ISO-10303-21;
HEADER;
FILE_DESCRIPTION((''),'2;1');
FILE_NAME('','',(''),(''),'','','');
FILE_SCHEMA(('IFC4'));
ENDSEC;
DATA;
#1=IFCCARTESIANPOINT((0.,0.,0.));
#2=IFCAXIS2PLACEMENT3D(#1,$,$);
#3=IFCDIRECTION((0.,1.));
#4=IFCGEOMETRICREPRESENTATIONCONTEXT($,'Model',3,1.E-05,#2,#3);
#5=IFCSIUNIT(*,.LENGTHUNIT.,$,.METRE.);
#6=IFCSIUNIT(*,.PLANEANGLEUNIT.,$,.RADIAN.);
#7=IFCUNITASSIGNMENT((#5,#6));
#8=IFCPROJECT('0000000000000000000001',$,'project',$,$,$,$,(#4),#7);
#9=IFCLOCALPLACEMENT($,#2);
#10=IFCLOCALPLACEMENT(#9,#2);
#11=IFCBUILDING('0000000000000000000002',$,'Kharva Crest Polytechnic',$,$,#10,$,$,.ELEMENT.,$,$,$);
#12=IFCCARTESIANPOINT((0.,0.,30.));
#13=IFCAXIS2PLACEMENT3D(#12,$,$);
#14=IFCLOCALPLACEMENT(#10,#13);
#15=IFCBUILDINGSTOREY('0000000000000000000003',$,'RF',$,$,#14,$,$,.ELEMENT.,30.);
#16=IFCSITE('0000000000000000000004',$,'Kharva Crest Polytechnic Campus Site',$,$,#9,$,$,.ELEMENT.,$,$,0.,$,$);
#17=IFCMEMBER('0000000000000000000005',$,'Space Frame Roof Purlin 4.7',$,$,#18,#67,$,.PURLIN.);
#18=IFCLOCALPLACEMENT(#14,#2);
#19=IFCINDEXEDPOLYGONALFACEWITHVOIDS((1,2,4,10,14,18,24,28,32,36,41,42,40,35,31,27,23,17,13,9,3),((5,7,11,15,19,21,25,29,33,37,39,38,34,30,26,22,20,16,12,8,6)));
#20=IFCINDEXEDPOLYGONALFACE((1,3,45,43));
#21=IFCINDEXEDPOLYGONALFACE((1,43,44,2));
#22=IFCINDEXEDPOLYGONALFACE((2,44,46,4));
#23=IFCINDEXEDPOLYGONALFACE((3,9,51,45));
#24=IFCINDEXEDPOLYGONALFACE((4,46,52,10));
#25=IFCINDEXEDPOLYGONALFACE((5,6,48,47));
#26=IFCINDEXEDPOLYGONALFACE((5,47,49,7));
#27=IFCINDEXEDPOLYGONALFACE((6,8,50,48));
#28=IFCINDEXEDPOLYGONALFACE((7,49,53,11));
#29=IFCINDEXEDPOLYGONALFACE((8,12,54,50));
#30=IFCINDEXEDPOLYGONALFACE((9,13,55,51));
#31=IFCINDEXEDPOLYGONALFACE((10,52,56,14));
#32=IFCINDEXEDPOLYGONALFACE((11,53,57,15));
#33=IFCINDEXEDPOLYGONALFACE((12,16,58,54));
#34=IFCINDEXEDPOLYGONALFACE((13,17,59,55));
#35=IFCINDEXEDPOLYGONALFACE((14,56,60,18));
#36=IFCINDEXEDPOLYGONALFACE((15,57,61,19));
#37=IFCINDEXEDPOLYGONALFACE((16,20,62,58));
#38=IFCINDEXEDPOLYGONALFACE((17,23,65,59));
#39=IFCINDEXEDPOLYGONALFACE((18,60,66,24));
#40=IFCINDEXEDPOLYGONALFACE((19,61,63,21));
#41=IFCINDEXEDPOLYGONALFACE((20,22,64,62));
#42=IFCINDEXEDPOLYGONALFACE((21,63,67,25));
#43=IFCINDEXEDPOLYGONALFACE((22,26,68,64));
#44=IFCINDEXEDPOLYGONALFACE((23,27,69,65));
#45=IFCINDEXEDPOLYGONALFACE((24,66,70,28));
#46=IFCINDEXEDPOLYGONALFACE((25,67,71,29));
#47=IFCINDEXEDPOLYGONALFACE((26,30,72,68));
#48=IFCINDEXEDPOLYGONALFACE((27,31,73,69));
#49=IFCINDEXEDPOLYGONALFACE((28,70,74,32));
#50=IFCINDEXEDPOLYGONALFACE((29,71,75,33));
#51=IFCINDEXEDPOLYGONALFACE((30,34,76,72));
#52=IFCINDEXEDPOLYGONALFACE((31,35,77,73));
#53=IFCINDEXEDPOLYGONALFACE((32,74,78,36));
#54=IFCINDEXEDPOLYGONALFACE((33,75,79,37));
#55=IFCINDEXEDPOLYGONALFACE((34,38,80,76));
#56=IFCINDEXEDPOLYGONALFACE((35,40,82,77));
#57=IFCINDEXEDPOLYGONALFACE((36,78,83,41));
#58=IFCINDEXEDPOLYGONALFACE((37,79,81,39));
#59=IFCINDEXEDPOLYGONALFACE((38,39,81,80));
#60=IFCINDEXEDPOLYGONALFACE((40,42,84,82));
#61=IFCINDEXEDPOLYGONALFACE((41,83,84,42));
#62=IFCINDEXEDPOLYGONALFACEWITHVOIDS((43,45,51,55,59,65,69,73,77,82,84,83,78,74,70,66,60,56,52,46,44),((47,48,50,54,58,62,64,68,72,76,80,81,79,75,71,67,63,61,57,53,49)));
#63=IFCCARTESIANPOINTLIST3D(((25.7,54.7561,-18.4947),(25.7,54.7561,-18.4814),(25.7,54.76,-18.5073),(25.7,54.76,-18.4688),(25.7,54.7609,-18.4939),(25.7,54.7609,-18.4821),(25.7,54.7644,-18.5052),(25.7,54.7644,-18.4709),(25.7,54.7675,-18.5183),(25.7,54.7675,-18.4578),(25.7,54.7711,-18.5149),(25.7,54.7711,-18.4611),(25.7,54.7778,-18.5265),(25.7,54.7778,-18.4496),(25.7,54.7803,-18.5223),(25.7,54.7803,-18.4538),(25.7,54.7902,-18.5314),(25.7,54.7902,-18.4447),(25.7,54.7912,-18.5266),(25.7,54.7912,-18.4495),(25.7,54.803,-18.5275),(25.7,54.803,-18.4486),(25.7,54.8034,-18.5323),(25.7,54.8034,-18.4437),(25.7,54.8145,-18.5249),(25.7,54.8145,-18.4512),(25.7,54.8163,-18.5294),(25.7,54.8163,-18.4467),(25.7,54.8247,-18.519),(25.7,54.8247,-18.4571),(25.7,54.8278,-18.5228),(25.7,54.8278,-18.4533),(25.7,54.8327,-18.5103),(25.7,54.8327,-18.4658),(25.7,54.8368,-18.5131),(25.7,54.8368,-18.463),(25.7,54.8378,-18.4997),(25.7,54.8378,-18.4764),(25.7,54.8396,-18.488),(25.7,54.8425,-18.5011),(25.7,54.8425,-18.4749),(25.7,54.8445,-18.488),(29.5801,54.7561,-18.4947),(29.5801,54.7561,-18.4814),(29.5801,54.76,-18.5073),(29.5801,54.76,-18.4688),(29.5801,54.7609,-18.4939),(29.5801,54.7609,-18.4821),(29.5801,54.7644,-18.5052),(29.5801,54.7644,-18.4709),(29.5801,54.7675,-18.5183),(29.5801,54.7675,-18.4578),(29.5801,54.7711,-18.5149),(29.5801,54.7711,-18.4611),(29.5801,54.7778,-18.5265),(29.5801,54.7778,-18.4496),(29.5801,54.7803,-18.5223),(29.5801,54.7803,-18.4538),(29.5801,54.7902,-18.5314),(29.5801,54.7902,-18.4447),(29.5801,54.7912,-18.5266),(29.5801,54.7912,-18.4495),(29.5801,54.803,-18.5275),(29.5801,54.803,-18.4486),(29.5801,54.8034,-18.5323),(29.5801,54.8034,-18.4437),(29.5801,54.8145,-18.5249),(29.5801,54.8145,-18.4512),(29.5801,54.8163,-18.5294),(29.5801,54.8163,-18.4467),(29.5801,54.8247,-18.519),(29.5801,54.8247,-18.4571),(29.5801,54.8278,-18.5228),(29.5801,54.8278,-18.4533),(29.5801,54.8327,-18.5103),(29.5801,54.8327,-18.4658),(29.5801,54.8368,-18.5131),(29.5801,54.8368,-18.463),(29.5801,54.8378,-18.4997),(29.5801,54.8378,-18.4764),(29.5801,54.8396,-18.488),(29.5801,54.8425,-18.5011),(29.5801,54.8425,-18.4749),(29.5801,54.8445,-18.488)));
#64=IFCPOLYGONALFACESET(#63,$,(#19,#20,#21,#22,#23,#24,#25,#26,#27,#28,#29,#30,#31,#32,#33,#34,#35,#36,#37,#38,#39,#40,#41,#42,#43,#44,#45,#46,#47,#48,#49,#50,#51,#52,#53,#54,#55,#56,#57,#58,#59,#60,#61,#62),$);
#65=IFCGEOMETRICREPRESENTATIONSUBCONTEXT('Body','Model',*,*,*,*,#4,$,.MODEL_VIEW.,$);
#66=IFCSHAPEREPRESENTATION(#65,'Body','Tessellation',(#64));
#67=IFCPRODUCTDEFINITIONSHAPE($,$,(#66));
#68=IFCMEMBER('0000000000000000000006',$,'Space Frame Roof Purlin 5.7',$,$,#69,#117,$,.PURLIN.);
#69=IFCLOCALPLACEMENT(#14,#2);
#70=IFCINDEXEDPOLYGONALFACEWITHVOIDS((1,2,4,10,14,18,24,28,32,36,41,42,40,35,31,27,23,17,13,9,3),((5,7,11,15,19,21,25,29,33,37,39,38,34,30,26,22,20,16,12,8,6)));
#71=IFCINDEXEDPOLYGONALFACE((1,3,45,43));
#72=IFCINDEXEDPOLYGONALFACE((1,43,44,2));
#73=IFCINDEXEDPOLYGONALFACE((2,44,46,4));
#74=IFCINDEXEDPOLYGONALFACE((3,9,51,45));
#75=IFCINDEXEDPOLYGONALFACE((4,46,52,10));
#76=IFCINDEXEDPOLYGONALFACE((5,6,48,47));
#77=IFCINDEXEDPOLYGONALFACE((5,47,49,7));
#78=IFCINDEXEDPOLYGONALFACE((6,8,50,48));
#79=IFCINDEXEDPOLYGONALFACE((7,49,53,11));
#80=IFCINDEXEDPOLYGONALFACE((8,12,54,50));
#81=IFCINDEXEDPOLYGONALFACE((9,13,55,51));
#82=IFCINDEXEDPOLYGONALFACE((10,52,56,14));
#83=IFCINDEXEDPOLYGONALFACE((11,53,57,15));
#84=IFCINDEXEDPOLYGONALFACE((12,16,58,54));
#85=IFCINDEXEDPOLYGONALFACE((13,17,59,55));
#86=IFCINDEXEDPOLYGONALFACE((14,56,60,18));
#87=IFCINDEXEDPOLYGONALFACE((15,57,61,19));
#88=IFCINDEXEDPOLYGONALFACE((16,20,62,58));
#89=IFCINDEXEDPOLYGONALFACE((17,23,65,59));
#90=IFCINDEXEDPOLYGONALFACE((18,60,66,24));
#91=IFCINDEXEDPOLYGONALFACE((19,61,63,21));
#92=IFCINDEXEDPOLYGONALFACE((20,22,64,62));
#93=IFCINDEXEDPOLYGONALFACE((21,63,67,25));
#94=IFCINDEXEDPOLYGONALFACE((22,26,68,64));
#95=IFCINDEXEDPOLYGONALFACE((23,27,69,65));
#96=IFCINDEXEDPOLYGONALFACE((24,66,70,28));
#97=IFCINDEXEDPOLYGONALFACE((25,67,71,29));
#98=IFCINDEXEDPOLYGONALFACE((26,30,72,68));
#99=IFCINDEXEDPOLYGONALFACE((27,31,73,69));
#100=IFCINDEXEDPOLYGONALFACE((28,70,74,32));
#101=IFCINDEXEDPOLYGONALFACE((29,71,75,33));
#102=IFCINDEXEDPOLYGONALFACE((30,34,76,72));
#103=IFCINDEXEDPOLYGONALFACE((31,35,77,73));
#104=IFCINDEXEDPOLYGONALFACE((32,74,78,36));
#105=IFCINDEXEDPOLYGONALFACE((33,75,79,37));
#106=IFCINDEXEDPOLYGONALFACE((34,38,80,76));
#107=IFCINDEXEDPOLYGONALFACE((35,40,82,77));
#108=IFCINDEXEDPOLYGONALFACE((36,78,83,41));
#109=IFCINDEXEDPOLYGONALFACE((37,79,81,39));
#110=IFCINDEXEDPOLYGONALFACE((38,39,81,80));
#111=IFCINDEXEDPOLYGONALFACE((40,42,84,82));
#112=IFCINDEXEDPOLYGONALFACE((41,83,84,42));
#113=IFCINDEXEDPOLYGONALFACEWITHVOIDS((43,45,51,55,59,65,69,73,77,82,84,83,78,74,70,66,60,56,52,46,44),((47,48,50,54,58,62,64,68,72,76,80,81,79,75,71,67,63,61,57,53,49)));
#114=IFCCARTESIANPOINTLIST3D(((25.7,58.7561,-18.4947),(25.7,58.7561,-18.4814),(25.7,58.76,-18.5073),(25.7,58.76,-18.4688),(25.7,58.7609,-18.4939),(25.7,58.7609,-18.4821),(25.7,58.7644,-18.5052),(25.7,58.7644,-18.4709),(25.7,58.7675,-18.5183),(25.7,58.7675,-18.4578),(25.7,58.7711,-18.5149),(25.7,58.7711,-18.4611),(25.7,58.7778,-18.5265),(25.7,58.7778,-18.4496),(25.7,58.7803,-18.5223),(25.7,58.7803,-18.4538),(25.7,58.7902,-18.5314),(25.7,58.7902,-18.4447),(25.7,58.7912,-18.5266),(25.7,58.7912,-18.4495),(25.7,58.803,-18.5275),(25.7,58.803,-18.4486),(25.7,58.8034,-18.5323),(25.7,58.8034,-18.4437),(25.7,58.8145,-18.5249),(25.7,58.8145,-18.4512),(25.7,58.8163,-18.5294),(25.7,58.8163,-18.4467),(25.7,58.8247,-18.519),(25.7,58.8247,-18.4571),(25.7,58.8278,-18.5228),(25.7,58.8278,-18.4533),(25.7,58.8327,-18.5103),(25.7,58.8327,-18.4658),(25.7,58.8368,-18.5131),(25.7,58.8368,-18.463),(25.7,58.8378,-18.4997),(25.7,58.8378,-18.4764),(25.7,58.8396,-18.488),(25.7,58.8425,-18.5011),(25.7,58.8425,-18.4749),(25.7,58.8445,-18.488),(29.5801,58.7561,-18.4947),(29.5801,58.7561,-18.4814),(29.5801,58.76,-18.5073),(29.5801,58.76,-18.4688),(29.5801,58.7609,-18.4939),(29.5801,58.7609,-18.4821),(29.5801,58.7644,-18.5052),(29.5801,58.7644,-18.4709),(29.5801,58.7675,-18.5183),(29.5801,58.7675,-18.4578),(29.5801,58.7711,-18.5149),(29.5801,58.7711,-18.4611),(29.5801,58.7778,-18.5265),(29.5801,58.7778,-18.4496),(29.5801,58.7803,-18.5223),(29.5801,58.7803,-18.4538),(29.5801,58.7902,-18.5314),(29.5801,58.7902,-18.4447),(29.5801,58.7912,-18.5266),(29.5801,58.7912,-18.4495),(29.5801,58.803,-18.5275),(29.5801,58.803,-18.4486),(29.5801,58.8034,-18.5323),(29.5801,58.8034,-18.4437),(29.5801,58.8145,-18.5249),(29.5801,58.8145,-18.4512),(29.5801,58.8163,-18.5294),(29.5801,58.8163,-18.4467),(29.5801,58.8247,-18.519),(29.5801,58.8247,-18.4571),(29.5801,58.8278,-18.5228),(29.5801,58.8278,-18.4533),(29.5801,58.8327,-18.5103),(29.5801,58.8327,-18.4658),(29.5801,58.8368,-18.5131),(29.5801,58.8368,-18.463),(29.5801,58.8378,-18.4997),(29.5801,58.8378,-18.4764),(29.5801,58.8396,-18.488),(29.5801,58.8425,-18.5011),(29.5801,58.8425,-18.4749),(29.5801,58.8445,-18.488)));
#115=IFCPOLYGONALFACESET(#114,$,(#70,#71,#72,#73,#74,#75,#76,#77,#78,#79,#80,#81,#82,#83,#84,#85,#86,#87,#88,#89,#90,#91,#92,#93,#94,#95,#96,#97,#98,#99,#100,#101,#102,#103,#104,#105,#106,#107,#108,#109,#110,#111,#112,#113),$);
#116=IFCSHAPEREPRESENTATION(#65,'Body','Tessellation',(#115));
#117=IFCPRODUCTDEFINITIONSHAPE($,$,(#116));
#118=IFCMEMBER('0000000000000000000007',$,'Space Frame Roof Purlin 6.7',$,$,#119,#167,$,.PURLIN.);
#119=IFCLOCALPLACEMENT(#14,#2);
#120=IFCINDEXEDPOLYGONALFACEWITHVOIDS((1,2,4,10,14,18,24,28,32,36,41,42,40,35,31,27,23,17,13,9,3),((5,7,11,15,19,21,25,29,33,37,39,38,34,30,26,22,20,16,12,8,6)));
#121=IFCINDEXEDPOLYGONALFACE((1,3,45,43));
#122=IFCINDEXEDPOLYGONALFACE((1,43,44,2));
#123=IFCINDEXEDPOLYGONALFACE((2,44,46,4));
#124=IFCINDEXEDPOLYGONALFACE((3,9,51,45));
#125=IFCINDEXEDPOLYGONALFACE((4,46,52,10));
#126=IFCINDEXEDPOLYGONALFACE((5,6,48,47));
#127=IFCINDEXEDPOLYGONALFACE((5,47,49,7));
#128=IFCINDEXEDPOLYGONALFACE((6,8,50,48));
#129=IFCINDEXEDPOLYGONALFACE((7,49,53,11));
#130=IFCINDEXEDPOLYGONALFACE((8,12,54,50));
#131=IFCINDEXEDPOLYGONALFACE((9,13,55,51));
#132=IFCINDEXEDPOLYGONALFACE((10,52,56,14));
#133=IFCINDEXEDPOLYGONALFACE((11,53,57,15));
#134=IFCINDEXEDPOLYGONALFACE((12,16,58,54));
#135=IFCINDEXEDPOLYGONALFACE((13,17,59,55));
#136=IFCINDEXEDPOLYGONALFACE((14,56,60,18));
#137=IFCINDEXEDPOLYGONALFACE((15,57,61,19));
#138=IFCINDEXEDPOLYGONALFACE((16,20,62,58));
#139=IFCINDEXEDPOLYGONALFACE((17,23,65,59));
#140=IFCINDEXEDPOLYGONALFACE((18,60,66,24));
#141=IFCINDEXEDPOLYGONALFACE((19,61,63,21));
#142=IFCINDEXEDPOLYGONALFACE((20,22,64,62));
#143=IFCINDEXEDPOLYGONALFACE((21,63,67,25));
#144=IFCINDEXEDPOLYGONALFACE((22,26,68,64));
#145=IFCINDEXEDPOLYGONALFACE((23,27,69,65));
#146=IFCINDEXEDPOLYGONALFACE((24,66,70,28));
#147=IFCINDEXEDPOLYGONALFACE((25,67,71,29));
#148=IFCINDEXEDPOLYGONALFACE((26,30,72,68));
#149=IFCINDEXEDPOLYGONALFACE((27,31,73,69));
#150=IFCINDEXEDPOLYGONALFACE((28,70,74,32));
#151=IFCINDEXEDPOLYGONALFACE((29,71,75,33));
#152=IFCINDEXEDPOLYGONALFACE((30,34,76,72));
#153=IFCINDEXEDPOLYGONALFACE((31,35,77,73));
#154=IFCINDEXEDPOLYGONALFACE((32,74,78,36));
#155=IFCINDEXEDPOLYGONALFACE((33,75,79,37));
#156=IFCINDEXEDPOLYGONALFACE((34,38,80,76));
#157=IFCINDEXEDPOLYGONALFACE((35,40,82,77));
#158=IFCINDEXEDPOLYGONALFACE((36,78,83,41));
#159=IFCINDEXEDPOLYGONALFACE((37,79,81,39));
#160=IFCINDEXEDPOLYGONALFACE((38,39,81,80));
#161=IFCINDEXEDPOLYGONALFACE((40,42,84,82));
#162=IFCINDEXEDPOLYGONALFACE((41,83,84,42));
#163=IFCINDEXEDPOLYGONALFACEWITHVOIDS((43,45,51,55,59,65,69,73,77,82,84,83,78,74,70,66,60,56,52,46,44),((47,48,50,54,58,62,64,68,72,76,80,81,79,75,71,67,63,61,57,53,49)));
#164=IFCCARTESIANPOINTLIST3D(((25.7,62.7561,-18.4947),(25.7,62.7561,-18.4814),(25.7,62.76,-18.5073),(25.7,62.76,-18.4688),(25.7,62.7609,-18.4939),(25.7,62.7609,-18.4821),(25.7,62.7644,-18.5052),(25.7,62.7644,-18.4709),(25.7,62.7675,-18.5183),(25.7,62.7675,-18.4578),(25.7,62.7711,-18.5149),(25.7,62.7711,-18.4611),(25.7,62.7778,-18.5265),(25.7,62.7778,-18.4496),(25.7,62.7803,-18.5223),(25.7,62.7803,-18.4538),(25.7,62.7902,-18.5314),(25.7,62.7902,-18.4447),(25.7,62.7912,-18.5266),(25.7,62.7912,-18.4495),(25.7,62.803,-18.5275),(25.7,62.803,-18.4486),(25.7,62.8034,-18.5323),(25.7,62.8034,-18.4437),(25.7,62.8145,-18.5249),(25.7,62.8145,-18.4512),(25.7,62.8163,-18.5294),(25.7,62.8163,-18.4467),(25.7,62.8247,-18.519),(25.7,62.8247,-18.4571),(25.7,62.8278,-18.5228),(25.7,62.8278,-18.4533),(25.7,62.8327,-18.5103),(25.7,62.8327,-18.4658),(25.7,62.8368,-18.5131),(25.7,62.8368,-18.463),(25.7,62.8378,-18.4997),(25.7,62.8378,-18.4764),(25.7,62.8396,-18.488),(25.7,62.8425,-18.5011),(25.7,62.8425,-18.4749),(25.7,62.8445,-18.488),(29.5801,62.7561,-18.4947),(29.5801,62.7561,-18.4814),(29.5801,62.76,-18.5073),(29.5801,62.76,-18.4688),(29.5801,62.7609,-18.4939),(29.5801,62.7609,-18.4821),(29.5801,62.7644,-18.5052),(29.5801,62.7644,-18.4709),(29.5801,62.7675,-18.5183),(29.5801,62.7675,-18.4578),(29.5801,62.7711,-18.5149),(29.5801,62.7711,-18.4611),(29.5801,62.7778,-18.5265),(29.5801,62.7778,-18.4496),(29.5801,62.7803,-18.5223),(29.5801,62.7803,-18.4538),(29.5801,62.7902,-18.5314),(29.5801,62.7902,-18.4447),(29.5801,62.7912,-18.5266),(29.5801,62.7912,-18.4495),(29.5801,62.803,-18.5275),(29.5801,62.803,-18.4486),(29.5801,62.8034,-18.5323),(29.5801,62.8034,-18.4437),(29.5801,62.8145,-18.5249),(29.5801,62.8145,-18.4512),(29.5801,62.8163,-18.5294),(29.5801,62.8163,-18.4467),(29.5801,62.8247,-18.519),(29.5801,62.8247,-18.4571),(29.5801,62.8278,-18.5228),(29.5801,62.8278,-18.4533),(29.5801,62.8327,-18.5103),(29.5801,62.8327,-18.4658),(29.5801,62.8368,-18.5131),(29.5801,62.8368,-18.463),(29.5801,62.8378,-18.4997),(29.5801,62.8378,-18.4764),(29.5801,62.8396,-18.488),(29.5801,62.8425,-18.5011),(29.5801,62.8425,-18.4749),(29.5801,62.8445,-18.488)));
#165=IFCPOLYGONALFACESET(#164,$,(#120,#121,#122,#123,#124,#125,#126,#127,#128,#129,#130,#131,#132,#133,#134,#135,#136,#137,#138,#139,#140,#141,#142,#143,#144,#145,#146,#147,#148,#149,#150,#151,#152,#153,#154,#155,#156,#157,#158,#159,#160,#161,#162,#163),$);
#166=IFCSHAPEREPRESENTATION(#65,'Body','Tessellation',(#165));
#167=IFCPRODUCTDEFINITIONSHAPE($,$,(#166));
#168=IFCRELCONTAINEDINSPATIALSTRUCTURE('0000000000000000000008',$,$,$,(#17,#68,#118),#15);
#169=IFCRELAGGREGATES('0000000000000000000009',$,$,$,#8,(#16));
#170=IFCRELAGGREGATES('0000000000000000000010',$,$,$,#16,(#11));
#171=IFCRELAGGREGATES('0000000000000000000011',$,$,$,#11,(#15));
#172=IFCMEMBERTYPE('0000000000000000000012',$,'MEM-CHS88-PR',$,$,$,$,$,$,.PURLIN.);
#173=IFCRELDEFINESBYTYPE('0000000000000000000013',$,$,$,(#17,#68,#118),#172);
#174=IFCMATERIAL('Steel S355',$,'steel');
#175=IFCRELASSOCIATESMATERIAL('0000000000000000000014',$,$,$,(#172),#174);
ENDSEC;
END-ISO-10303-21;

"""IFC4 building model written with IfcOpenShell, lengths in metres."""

from ifc_helpers import new_model, si_unit, direction, frame, origin, origin_2d, place, context, subcontext, project, spatial, hollow_circle, extrude, material, material_profile, profile_set, type_object, element, save


model = new_model("IFC4")

# Units and contexts
model_context = context("Model", 3, precision=1e-05, world=origin(), true_north=direction((0.0, 1.0)))
body_context = subcontext(model_context, "Body", "Model", "MODEL_VIEW")
ifc_project = project(units=[si_unit("LENGTHUNIT", "METRE"), si_unit("PLANEANGLEUNIT", "RADIAN")], contexts=[model_context])

# Site, building, storey
site_placement = place(None, origin())
site = spatial("IfcSite", under=ifc_project, at=site_placement, Name="Kharva Crest Polytechnic Campus Site", CompositionType="ELEMENT", RefElevation=0.0)
building_placement = place(site_placement, origin())
building = spatial("IfcBuilding", under=site, at=building_placement, Name="Kharva Crest Polytechnic", CompositionType="ELEMENT")
storey_placement = place(building_placement, frame((0.0, 0.0, 30.0)))
storey = spatial("IfcBuildingStorey", under=building, at=storey_placement, Name="RF", CompositionType="ELEMENT", Elevation=30.0)

# Members
ifc_material_1 = material(Name="Steel S355", Category="steel")
ifc_material_profile = material_profile(ifc_material_1, hollow_circle(Radius=0.0444, WallThickness=0.0049, at=origin_2d()), Name="CHS 88.9X5.0")
ifc_profile_set = profile_set([ifc_material_profile], Name="Steel S355")
member_type = type_object("IfcMemberType", Name="MEM-CHS88-PR", PredefinedType="PURLIN", material=ifc_profile_set)
for number, where, z_axis, x_axis, name in (
    (1, (25.7, 54.8, -18.488), (1.0, 0.0, 0.0), (0.0, 1.0, 0.0), "Space Frame Roof Purlin 4.7"),
    (2, (25.7, 58.8, -18.488), (1.0, 0.0, 0.0), (0.0, 1.0, 0.0), "Space Frame Roof Purlin 5.7"),
    (3, (25.7, 62.8, -18.488), (1.0, 0.0, 0.0), (0.0, 1.0, 0.0), "Space Frame Roof Purlin 6.7"),
):
    element("IfcMember", number, at=place(storey_placement, frame(where, z_axis=z_axis, x_axis=x_axis)), inside=storey, type_object=member_type, Name=name, PredefinedType="PURLIN", context=body_context, shape_type="SweptSolid", body=[
        extrude(hollow_circle(Radius=0.0444, WallThickness=0.0049, at=origin_2d()), origin(), (0.0, 0.0, 1.0), 3.8801),
    ])

save(model, "model.ifc")
